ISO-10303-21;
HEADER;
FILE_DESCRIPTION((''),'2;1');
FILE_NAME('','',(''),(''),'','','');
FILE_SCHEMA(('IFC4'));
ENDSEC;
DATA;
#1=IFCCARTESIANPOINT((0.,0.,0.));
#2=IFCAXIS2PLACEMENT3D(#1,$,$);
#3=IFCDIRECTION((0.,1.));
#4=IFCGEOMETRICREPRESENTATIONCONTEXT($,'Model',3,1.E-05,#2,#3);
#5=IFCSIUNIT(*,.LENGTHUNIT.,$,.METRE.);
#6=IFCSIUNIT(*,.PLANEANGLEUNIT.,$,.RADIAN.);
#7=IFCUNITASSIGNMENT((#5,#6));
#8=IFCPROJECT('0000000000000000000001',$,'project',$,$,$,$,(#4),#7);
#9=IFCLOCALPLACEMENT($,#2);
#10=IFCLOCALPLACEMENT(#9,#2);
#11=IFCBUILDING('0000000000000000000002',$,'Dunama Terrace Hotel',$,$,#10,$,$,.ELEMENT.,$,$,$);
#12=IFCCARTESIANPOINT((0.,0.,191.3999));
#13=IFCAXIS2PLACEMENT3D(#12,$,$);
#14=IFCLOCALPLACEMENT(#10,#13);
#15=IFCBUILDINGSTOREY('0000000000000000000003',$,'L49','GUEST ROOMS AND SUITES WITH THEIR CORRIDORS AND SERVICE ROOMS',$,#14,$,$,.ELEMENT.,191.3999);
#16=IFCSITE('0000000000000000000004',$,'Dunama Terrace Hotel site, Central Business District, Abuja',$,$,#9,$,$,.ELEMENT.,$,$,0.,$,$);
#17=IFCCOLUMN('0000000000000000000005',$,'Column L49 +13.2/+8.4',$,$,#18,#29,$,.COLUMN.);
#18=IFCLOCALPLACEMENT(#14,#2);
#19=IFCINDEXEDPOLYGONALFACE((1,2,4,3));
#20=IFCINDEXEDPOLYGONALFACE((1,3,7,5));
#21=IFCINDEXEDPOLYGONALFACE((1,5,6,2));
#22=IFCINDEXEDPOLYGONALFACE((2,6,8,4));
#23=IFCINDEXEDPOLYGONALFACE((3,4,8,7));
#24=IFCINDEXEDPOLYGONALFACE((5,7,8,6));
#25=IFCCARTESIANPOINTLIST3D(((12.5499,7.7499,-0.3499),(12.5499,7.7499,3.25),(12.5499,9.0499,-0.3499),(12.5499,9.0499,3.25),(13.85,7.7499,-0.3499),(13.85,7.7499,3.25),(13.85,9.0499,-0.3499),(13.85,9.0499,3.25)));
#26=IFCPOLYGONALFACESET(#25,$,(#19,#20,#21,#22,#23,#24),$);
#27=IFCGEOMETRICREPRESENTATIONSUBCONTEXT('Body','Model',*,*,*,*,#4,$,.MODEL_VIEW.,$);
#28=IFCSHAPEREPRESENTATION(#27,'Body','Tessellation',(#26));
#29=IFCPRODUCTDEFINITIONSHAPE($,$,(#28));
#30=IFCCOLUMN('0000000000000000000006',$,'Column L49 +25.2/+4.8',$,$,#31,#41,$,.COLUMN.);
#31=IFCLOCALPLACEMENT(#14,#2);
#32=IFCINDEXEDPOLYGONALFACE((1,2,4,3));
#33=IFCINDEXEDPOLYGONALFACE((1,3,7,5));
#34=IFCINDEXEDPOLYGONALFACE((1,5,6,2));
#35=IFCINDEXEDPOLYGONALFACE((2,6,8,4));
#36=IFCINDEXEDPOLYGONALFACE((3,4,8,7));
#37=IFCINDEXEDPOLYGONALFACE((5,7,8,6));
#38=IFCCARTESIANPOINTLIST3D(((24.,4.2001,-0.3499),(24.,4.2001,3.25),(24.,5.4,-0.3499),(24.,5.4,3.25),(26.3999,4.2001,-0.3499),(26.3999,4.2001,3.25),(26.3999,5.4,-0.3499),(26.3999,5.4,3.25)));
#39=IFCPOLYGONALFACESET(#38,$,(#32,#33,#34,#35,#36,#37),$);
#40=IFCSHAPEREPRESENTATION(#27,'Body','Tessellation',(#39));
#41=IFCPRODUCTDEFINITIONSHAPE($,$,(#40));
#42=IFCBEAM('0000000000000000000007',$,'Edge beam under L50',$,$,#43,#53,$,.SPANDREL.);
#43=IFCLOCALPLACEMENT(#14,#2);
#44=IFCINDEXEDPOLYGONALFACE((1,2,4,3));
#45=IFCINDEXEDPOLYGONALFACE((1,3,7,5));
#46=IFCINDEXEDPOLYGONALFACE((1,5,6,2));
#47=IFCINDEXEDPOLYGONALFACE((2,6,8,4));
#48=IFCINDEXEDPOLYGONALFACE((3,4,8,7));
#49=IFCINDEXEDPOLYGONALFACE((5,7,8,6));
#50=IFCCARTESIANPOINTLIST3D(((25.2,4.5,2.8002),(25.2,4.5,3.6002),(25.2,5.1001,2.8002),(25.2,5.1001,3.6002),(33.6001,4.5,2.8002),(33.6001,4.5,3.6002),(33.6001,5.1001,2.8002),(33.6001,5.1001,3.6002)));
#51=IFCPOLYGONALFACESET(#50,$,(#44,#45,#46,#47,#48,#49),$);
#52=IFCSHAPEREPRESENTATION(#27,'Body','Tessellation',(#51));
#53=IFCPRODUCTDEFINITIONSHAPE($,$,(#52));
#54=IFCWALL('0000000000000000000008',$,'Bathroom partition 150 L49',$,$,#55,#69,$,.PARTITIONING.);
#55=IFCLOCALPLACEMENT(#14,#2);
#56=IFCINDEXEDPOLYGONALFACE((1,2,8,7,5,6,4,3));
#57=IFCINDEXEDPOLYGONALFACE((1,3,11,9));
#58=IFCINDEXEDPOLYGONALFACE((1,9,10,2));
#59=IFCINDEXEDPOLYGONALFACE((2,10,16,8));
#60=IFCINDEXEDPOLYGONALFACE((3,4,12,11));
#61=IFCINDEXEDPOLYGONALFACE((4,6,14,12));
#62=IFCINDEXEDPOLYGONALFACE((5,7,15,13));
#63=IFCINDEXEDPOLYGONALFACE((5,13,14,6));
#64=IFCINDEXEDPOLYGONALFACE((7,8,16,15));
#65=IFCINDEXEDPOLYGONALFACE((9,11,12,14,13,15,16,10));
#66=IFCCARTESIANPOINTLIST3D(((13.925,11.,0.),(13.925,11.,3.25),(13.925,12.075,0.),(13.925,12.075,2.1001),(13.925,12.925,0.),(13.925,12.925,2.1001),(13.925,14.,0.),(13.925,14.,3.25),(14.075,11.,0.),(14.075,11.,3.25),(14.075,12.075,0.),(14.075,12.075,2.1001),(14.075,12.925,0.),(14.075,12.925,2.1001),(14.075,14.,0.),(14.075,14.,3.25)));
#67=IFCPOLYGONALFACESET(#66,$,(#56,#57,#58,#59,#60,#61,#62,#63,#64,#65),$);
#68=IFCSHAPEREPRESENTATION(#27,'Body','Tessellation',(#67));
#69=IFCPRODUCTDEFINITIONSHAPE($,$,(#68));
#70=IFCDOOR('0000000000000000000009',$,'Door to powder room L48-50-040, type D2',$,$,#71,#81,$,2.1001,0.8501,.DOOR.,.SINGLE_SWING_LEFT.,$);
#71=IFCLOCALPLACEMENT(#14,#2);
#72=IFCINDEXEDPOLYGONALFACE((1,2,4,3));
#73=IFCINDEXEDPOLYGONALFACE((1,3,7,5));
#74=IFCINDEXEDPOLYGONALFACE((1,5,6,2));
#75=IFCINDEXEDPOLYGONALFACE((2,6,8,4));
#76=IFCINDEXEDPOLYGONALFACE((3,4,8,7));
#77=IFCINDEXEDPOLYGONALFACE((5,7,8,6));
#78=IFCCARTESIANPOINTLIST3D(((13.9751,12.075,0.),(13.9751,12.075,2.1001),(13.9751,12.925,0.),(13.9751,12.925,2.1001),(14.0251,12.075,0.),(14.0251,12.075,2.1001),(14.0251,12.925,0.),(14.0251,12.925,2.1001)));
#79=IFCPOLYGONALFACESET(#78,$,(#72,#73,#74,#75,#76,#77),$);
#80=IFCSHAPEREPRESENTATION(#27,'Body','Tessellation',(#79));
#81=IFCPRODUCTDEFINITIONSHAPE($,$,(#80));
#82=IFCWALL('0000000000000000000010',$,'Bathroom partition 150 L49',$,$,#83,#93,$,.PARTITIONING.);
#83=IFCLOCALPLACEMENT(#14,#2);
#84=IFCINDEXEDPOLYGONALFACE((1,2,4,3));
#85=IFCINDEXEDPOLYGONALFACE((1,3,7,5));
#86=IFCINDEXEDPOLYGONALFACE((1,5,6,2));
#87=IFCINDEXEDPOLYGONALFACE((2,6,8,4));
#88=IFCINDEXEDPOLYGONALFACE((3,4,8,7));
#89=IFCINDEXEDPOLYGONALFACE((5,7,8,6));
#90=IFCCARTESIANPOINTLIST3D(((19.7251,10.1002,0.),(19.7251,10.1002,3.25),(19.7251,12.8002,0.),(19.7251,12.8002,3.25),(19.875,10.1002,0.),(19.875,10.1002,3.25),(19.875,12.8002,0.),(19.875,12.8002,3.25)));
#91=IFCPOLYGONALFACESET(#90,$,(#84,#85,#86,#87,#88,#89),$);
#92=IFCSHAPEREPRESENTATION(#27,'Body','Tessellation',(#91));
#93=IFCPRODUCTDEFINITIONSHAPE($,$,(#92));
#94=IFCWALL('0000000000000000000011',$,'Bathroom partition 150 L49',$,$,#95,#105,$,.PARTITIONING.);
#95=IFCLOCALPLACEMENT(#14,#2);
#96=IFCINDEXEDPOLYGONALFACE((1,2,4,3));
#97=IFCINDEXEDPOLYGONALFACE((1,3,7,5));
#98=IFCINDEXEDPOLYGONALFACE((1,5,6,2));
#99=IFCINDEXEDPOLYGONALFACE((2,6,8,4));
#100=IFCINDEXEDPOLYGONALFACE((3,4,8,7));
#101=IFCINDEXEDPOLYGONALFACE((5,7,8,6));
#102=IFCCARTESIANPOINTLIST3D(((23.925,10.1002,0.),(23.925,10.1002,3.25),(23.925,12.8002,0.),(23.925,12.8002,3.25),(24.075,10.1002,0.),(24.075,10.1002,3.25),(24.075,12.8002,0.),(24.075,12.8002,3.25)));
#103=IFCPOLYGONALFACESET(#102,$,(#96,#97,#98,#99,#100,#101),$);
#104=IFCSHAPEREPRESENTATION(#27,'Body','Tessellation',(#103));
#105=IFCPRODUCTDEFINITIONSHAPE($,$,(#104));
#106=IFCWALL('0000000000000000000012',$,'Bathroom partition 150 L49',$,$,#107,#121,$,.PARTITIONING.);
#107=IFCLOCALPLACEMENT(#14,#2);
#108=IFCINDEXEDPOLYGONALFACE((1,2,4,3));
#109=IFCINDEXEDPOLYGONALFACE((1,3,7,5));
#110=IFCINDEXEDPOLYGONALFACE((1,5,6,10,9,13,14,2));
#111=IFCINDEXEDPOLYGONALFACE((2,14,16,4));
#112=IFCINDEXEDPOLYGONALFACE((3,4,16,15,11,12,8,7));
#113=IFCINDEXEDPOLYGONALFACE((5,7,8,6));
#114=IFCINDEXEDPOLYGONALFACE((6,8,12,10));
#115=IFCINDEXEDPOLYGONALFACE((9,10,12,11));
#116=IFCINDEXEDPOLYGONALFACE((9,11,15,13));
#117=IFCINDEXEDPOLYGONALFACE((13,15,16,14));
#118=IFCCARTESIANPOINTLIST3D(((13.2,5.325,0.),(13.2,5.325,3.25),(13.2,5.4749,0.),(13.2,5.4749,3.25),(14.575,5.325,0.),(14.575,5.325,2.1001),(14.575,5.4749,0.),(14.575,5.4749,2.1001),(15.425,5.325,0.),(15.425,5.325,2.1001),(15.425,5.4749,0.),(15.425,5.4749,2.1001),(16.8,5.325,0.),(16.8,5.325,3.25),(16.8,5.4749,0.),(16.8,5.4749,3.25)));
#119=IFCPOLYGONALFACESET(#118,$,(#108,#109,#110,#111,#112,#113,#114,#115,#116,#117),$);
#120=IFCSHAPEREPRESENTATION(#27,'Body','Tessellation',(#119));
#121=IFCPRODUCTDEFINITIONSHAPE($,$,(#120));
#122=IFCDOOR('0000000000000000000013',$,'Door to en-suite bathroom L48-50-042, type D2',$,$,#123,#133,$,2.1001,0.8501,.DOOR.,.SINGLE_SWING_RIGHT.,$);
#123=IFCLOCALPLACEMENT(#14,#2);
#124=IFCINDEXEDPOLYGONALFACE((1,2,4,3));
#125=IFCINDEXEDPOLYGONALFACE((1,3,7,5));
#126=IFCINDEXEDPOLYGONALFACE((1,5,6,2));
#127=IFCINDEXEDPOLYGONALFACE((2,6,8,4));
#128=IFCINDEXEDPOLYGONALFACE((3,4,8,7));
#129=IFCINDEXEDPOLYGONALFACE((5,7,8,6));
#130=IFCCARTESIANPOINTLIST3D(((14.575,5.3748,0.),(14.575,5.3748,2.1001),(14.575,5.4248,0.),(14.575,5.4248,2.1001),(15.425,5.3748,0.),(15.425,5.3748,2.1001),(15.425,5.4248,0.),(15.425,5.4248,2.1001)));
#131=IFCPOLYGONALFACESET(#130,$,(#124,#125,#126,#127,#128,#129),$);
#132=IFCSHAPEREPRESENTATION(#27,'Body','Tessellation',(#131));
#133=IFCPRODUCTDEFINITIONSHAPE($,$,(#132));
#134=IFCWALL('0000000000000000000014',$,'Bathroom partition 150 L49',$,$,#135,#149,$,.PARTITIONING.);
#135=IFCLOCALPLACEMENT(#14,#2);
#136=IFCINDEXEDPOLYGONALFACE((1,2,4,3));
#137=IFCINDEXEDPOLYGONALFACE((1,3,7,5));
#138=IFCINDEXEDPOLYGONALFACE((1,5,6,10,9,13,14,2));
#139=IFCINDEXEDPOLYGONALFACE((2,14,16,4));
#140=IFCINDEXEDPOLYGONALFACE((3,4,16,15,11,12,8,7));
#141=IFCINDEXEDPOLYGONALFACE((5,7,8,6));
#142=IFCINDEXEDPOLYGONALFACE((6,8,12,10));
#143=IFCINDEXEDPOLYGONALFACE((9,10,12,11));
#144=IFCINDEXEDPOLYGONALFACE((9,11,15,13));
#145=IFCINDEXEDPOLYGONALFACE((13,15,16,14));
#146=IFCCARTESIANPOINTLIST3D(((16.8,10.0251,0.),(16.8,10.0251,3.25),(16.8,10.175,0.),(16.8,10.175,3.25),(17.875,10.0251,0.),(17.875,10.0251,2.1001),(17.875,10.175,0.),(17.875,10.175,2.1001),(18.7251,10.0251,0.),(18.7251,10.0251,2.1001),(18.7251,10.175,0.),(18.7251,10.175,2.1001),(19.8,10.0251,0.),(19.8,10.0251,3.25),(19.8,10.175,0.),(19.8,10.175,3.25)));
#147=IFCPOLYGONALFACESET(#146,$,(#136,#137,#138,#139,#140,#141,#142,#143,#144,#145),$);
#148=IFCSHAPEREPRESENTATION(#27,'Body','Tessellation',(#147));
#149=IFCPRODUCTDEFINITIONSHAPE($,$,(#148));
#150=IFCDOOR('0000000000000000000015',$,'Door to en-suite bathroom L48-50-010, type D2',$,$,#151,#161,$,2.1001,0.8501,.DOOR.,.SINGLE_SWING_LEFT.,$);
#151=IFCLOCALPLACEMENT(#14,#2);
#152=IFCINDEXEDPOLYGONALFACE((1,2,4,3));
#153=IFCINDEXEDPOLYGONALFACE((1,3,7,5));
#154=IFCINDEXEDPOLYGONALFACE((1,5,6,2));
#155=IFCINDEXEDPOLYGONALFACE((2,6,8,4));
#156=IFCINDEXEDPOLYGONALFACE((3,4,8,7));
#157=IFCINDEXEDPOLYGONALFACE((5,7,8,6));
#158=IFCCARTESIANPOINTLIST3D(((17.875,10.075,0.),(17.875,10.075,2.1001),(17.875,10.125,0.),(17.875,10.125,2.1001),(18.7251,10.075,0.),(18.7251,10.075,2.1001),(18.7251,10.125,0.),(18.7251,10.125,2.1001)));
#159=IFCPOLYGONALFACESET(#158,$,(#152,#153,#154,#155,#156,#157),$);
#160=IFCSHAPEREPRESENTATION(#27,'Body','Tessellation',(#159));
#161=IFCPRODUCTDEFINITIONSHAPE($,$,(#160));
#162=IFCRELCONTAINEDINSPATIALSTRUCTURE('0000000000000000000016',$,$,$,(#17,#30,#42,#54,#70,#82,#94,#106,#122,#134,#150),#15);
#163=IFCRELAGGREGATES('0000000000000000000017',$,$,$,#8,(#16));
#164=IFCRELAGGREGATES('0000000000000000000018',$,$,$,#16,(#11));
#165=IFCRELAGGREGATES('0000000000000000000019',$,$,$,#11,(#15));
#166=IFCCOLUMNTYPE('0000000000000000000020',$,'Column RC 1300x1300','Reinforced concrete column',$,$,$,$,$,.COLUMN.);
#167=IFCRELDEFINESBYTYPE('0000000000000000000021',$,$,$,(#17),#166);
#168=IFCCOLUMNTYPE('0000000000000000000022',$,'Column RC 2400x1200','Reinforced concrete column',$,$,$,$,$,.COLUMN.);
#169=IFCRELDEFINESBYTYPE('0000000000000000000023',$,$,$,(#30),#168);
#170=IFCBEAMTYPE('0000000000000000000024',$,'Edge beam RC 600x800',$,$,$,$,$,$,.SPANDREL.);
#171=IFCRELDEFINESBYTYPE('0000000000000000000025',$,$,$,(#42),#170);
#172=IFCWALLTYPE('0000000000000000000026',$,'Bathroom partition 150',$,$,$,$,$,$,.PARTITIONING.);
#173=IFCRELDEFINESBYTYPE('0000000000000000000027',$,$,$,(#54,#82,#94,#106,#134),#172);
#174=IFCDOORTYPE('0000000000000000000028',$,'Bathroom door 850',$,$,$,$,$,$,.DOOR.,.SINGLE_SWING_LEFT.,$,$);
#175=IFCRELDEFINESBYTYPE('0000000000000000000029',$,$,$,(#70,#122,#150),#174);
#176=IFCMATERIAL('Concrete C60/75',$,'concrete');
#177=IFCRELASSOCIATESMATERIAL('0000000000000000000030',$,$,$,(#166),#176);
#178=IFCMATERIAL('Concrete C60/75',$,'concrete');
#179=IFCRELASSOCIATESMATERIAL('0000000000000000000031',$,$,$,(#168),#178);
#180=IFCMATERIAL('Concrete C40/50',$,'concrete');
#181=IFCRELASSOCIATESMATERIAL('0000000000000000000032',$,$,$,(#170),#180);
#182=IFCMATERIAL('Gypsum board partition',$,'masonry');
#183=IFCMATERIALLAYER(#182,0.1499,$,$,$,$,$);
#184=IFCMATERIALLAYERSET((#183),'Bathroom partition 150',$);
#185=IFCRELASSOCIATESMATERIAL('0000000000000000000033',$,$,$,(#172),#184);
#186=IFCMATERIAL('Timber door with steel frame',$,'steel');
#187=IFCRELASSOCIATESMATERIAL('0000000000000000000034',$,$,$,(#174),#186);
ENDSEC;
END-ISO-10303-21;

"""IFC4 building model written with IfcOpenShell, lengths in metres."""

from ifc_helpers import new_model, si_unit, direction, frame, frame_2d, origin, origin_2d, place, context, subcontext, project, spatial, rectangle, extrude, material, layer, layer_set, material_profile, profile_set, type_object, element, fill, save


model = new_model("IFC4")

# Units and contexts
model_context = context("Model", 3, precision=1e-05, world=origin(), true_north=direction((0.0, 1.0)))
body_context = subcontext(model_context, "Body", "Model", "MODEL_VIEW")
ifc_project = project(units=[si_unit("LENGTHUNIT", "METRE"), si_unit("PLANEANGLEUNIT", "RADIAN")], contexts=[model_context])

# Site, building, storey
site_placement = place(None, origin())
site = spatial("IfcSite", under=ifc_project, at=site_placement, Name="Dunama Terrace Hotel site, Central Business District, Abuja", CompositionType="ELEMENT", RefElevation=0.0)
building_placement = place(site_placement, origin())
building = spatial("IfcBuilding", under=site, at=building_placement, Name="Dunama Terrace Hotel", CompositionType="ELEMENT")
storey_placement = place(building_placement, frame((0.0, 0.0, 191.3999)))
storey = spatial("IfcBuildingStorey", under=building, at=storey_placement, Name="L49", Description="GUEST ROOMS AND SUITES WITH THEIR CORRIDORS AND SERVICE ROOMS", CompositionType="ELEMENT", Elevation=191.3999)

# Columns
ifc_material_1 = material(Name="Concrete C60/75", Category="concrete")
ifc_material_profile_1 = material_profile(ifc_material_1, rectangle(XDim=1.3, YDim=1.3, at=origin_2d()), Name="RC 1300x1300")
ifc_profile_set_1 = profile_set([ifc_material_profile_1], Name="Concrete C60/75")
column_type_1 = type_object("IfcColumnType", Name="Column RC 1300x1300", Description="Reinforced concrete column", PredefinedType="COLUMN", material=ifc_profile_set_1)
column_1_placement = place(storey_placement, frame((13.2, 8.3999, -0.3499), z_axis=(0.0, 0.0, 1.0), x_axis=(1.0, 0.0, 0.0)))
element("IfcColumn", 1, at=column_1_placement, inside=storey, type_object=column_type_1, Name="Column L49 +13.2/+8.4", PredefinedType="COLUMN", context=body_context, shape_type="SweptSolid", body=[
    extrude(rectangle(XDim=1.3, YDim=1.3, at=origin_2d()), origin(), (0.0, 0.0, 1.0), 3.5999),
])
ifc_material_2 = material(Name="Concrete C60/75", Category="concrete")
ifc_material_profile_2 = material_profile(ifc_material_2, rectangle(XDim=2.3999, YDim=1.2, at=origin_2d()), Name="RC 2400x1200")
ifc_profile_set_2 = profile_set([ifc_material_profile_2], Name="Concrete C60/75")
column_type_2 = type_object("IfcColumnType", Name="Column RC 2400x1200", Description="Reinforced concrete column", PredefinedType="COLUMN", material=ifc_profile_set_2)
column_2_placement = place(storey_placement, frame((25.2, 4.8, -0.3499), z_axis=(0.0, 0.0, 1.0), x_axis=(1.0, 0.0, 0.0)))
element("IfcColumn", 2, at=column_2_placement, inside=storey, type_object=column_type_2, Name="Column L49 +25.2/+4.8", PredefinedType="COLUMN", context=body_context, shape_type="SweptSolid", body=[
    extrude(rectangle(XDim=2.3999, YDim=1.2, at=origin_2d()), origin(), (0.0, 0.0, 1.0), 3.5999),
])

# Beam
ifc_material_3 = material(Name="Concrete C40/50", Category="concrete")
ifc_material_profile_3 = material_profile(ifc_material_3, rectangle(XDim=0.6001, YDim=0.8, at=origin_2d()), Name="RC 600x800")
ifc_profile_set_3 = profile_set([ifc_material_profile_3], Name="Concrete C40/50")
beam_type = type_object("IfcBeamType", Name="Edge beam RC 600x800", PredefinedType="SPANDREL", material=ifc_profile_set_3)
beam_placement = place(storey_placement, frame((25.2, 4.8, 3.2002), z_axis=(1.0, 0.0, 0.0), x_axis=(0.0, 1.0, 0.0)))
element("IfcBeam", 3, at=beam_placement, inside=storey, type_object=beam_type, Name="Edge beam under L50", PredefinedType="SPANDREL", context=body_context, shape_type="SweptSolid", body=[
    extrude(rectangle(XDim=0.6001, YDim=0.8, at=origin_2d()), origin(), (0.0, 0.0, 1.0), 8.4001),
])

# Wall, opening, door
ifc_material_4 = material(Name="Gypsum board partition", Category="masonry")
ifc_layer_1 = layer(ifc_material_4, 0.1499)
ifc_layer_set_1 = layer_set([ifc_layer_1], Name="Bathroom partition 150")
wall_type_1 = type_object("IfcWallType", Name="Bathroom partition 150", PredefinedType="PARTITIONING", material=ifc_layer_set_1)
wall_1_placement = place(storey_placement, frame((14.0, 11.0, 0.0), z_axis=(0.0, 0.0, 1.0), x_axis=(0.0, 1.0, 0.0)))
wall_1 = element("IfcWall", 4, at=wall_1_placement, inside=storey, type_object=wall_type_1, Name="Bathroom partition 150 L49", PredefinedType="PARTITIONING", context=body_context, shape_type="SweptSolid", body=[
    extrude(rectangle(XDim=3.0, YDim=0.1499, at=frame_2d((1.5, 0.0))), origin(), (0.0, 0.0, 1.0), 3.25),
])
opening_1_placement = place(wall_1_placement, frame((1.075, 0.0, 0.0)))
opening_1 = element("IfcOpeningElement", 5, at=opening_1_placement, cuts=wall_1, PredefinedType="OPENING", context=body_context, shape_type="SweptSolid", body=[
    extrude(rectangle(XDim=0.8501, YDim=2.1001, at=frame_2d((0.425, 1.05))), frame((0.0, 0.085, 0.0), z_axis=(0.0, -1.0, 0.0), x_axis=(1.0, 0.0, 0.0)), (0.0, 0.0, 1.0), 0.1699),
])
ifc_material_5 = material(Name="Timber door with steel frame", Category="steel")
door_type = type_object("IfcDoorType", Name="Bathroom door 850", OperationType="SINGLE_SWING_LEFT", PredefinedType="DOOR", material=ifc_material_5)
door_1_placement = place(opening_1_placement, frame((0.8501, 0.0, 0.0), z_axis=(0.0, 0.0, 1.0), x_axis=(-1.0, 0.0, 0.0)))
door_1 = element("IfcDoor", 6, at=door_1_placement, inside=storey, type_object=door_type, Name="Door to powder room L48-50-040, type D2", OperationType="SINGLE_SWING_LEFT", OverallHeight=2.1001, OverallWidth=0.8501, PredefinedType="DOOR", context=body_context, shape_type="SweptSolid", body=[
    extrude(rectangle(XDim=0.8501, YDim=2.1001, at=frame_2d((0.425, 1.05))), frame((0.0, 0.0251, 0.0), z_axis=(0.0, -1.0, 0.0), x_axis=(1.0, 0.0, 0.0)), (0.0, 0.0, 1.0), 0.05),
])
fill(opening_1, door_1)

# Walls
for number, where, z_axis, x_axis, name in (
    (7, (19.8, 10.1001, 0.0), (0.0, 0.0, 1.0), (0.0, 1.0, 0.0), "Bathroom partition 150 L49"),
    (8, (24.0, 10.1001, 0.0), (0.0, 0.0, 1.0), (0.0, 1.0, 0.0), "Bathroom partition 150 L49"),
):
    element("IfcWall", number, at=place(storey_placement, frame(where, z_axis=z_axis, x_axis=x_axis)), inside=storey, type_object=wall_type_1, Name=name, PredefinedType="PARTITIONING", context=body_context, shape_type="SweptSolid", body=[
        extrude(rectangle(XDim=2.7, YDim=0.1499, at=frame_2d((1.3501, 0.0))), origin(), (0.0, 0.0, 1.0), 3.25),
    ])

# Walls, openings, doors
wall_2_placement = place(storey_placement, frame((13.2, 5.3999, 0.0), z_axis=(0.0, 0.0, 1.0), x_axis=(1.0, 0.0, 0.0)))
wall_2 = element("IfcWall", 9, at=wall_2_placement, inside=storey, type_object=wall_type_1, Name="Bathroom partition 150 L49", PredefinedType="PARTITIONING", context=body_context, shape_type="SweptSolid", body=[
    extrude(rectangle(XDim=3.6001, YDim=0.1499, at=frame_2d((1.8, 0.0))), origin(), (0.0, 0.0, 1.0), 3.25),
])
opening_2_placement = place(wall_2_placement, frame((1.375, 0.0, 0.0)))
opening_2 = element("IfcOpeningElement", 10, at=opening_2_placement, cuts=wall_2, PredefinedType="OPENING", context=body_context, shape_type="SweptSolid", body=[
    extrude(rectangle(XDim=0.8501, YDim=2.1001, at=frame_2d((0.425, 1.05))), frame((0.0, 0.085, 0.0), z_axis=(0.0, -1.0, 0.0), x_axis=(1.0, 0.0, 0.0)), (0.0, 0.0, 1.0), 0.1699),
])
door_2_placement = place(opening_2_placement, origin())
door_2 = element("IfcDoor", 11, at=door_2_placement, inside=storey, type_object=door_type, Name="Door to en-suite bathroom L48-50-042, type D2", OperationType="SINGLE_SWING_RIGHT", OverallHeight=2.1001, OverallWidth=0.8501, PredefinedType="DOOR", context=body_context, shape_type="SweptSolid", body=[
    extrude(rectangle(XDim=0.8501, YDim=2.1001, at=frame_2d((0.425, 1.05))), frame((0.0, 0.0249, 0.0), z_axis=(0.0, -1.0, 0.0), x_axis=(1.0, 0.0, 0.0)), (0.0, 0.0, 1.0), 0.05),
])
fill(opening_2, door_2)
wall_3_placement = place(storey_placement, frame((16.8, 10.1001, 0.0), z_axis=(0.0, 0.0, 1.0), x_axis=(1.0, 0.0, 0.0)))
wall_3 = element("IfcWall", 12, at=wall_3_placement, inside=storey, type_object=wall_type_1, Name="Bathroom partition 150 L49", PredefinedType="PARTITIONING", context=body_context, shape_type="SweptSolid", body=[
    extrude(rectangle(XDim=3.0, YDim=0.1499, at=frame_2d((1.5, 0.0))), origin(), (0.0, 0.0, 1.0), 3.25),
])
opening_3_placement = place(wall_3_placement, frame((1.075, 0.0, 0.0)))
opening_3 = element("IfcOpeningElement", 13, at=opening_3_placement, cuts=wall_3, PredefinedType="OPENING", context=body_context, shape_type="SweptSolid", body=[
    extrude(rectangle(XDim=0.8501, YDim=2.1001, at=frame_2d((0.425, 1.05))), frame((0.0, 0.085, 0.0), z_axis=(0.0, -1.0, 0.0), x_axis=(1.0, 0.0, 0.0)), (0.0, 0.0, 1.0), 0.1699),
])
door_3_placement = place(opening_3_placement, origin())
door_3 = element("IfcDoor", 14, at=door_3_placement, inside=storey, type_object=door_type, Name="Door to en-suite bathroom L48-50-010, type D2", OperationType="SINGLE_SWING_LEFT", OverallHeight=2.1001, OverallWidth=0.8501, PredefinedType="DOOR", context=body_context, shape_type="SweptSolid", body=[
    extrude(rectangle(XDim=0.8501, YDim=2.1001, at=frame_2d((0.425, 1.05))), frame((0.0, 0.0249, 0.0), z_axis=(0.0, -1.0, 0.0), x_axis=(1.0, 0.0, 0.0)), (0.0, 0.0, 1.0), 0.05),
])
fill(opening_3, door_3)

save(model, "model.ifc")
